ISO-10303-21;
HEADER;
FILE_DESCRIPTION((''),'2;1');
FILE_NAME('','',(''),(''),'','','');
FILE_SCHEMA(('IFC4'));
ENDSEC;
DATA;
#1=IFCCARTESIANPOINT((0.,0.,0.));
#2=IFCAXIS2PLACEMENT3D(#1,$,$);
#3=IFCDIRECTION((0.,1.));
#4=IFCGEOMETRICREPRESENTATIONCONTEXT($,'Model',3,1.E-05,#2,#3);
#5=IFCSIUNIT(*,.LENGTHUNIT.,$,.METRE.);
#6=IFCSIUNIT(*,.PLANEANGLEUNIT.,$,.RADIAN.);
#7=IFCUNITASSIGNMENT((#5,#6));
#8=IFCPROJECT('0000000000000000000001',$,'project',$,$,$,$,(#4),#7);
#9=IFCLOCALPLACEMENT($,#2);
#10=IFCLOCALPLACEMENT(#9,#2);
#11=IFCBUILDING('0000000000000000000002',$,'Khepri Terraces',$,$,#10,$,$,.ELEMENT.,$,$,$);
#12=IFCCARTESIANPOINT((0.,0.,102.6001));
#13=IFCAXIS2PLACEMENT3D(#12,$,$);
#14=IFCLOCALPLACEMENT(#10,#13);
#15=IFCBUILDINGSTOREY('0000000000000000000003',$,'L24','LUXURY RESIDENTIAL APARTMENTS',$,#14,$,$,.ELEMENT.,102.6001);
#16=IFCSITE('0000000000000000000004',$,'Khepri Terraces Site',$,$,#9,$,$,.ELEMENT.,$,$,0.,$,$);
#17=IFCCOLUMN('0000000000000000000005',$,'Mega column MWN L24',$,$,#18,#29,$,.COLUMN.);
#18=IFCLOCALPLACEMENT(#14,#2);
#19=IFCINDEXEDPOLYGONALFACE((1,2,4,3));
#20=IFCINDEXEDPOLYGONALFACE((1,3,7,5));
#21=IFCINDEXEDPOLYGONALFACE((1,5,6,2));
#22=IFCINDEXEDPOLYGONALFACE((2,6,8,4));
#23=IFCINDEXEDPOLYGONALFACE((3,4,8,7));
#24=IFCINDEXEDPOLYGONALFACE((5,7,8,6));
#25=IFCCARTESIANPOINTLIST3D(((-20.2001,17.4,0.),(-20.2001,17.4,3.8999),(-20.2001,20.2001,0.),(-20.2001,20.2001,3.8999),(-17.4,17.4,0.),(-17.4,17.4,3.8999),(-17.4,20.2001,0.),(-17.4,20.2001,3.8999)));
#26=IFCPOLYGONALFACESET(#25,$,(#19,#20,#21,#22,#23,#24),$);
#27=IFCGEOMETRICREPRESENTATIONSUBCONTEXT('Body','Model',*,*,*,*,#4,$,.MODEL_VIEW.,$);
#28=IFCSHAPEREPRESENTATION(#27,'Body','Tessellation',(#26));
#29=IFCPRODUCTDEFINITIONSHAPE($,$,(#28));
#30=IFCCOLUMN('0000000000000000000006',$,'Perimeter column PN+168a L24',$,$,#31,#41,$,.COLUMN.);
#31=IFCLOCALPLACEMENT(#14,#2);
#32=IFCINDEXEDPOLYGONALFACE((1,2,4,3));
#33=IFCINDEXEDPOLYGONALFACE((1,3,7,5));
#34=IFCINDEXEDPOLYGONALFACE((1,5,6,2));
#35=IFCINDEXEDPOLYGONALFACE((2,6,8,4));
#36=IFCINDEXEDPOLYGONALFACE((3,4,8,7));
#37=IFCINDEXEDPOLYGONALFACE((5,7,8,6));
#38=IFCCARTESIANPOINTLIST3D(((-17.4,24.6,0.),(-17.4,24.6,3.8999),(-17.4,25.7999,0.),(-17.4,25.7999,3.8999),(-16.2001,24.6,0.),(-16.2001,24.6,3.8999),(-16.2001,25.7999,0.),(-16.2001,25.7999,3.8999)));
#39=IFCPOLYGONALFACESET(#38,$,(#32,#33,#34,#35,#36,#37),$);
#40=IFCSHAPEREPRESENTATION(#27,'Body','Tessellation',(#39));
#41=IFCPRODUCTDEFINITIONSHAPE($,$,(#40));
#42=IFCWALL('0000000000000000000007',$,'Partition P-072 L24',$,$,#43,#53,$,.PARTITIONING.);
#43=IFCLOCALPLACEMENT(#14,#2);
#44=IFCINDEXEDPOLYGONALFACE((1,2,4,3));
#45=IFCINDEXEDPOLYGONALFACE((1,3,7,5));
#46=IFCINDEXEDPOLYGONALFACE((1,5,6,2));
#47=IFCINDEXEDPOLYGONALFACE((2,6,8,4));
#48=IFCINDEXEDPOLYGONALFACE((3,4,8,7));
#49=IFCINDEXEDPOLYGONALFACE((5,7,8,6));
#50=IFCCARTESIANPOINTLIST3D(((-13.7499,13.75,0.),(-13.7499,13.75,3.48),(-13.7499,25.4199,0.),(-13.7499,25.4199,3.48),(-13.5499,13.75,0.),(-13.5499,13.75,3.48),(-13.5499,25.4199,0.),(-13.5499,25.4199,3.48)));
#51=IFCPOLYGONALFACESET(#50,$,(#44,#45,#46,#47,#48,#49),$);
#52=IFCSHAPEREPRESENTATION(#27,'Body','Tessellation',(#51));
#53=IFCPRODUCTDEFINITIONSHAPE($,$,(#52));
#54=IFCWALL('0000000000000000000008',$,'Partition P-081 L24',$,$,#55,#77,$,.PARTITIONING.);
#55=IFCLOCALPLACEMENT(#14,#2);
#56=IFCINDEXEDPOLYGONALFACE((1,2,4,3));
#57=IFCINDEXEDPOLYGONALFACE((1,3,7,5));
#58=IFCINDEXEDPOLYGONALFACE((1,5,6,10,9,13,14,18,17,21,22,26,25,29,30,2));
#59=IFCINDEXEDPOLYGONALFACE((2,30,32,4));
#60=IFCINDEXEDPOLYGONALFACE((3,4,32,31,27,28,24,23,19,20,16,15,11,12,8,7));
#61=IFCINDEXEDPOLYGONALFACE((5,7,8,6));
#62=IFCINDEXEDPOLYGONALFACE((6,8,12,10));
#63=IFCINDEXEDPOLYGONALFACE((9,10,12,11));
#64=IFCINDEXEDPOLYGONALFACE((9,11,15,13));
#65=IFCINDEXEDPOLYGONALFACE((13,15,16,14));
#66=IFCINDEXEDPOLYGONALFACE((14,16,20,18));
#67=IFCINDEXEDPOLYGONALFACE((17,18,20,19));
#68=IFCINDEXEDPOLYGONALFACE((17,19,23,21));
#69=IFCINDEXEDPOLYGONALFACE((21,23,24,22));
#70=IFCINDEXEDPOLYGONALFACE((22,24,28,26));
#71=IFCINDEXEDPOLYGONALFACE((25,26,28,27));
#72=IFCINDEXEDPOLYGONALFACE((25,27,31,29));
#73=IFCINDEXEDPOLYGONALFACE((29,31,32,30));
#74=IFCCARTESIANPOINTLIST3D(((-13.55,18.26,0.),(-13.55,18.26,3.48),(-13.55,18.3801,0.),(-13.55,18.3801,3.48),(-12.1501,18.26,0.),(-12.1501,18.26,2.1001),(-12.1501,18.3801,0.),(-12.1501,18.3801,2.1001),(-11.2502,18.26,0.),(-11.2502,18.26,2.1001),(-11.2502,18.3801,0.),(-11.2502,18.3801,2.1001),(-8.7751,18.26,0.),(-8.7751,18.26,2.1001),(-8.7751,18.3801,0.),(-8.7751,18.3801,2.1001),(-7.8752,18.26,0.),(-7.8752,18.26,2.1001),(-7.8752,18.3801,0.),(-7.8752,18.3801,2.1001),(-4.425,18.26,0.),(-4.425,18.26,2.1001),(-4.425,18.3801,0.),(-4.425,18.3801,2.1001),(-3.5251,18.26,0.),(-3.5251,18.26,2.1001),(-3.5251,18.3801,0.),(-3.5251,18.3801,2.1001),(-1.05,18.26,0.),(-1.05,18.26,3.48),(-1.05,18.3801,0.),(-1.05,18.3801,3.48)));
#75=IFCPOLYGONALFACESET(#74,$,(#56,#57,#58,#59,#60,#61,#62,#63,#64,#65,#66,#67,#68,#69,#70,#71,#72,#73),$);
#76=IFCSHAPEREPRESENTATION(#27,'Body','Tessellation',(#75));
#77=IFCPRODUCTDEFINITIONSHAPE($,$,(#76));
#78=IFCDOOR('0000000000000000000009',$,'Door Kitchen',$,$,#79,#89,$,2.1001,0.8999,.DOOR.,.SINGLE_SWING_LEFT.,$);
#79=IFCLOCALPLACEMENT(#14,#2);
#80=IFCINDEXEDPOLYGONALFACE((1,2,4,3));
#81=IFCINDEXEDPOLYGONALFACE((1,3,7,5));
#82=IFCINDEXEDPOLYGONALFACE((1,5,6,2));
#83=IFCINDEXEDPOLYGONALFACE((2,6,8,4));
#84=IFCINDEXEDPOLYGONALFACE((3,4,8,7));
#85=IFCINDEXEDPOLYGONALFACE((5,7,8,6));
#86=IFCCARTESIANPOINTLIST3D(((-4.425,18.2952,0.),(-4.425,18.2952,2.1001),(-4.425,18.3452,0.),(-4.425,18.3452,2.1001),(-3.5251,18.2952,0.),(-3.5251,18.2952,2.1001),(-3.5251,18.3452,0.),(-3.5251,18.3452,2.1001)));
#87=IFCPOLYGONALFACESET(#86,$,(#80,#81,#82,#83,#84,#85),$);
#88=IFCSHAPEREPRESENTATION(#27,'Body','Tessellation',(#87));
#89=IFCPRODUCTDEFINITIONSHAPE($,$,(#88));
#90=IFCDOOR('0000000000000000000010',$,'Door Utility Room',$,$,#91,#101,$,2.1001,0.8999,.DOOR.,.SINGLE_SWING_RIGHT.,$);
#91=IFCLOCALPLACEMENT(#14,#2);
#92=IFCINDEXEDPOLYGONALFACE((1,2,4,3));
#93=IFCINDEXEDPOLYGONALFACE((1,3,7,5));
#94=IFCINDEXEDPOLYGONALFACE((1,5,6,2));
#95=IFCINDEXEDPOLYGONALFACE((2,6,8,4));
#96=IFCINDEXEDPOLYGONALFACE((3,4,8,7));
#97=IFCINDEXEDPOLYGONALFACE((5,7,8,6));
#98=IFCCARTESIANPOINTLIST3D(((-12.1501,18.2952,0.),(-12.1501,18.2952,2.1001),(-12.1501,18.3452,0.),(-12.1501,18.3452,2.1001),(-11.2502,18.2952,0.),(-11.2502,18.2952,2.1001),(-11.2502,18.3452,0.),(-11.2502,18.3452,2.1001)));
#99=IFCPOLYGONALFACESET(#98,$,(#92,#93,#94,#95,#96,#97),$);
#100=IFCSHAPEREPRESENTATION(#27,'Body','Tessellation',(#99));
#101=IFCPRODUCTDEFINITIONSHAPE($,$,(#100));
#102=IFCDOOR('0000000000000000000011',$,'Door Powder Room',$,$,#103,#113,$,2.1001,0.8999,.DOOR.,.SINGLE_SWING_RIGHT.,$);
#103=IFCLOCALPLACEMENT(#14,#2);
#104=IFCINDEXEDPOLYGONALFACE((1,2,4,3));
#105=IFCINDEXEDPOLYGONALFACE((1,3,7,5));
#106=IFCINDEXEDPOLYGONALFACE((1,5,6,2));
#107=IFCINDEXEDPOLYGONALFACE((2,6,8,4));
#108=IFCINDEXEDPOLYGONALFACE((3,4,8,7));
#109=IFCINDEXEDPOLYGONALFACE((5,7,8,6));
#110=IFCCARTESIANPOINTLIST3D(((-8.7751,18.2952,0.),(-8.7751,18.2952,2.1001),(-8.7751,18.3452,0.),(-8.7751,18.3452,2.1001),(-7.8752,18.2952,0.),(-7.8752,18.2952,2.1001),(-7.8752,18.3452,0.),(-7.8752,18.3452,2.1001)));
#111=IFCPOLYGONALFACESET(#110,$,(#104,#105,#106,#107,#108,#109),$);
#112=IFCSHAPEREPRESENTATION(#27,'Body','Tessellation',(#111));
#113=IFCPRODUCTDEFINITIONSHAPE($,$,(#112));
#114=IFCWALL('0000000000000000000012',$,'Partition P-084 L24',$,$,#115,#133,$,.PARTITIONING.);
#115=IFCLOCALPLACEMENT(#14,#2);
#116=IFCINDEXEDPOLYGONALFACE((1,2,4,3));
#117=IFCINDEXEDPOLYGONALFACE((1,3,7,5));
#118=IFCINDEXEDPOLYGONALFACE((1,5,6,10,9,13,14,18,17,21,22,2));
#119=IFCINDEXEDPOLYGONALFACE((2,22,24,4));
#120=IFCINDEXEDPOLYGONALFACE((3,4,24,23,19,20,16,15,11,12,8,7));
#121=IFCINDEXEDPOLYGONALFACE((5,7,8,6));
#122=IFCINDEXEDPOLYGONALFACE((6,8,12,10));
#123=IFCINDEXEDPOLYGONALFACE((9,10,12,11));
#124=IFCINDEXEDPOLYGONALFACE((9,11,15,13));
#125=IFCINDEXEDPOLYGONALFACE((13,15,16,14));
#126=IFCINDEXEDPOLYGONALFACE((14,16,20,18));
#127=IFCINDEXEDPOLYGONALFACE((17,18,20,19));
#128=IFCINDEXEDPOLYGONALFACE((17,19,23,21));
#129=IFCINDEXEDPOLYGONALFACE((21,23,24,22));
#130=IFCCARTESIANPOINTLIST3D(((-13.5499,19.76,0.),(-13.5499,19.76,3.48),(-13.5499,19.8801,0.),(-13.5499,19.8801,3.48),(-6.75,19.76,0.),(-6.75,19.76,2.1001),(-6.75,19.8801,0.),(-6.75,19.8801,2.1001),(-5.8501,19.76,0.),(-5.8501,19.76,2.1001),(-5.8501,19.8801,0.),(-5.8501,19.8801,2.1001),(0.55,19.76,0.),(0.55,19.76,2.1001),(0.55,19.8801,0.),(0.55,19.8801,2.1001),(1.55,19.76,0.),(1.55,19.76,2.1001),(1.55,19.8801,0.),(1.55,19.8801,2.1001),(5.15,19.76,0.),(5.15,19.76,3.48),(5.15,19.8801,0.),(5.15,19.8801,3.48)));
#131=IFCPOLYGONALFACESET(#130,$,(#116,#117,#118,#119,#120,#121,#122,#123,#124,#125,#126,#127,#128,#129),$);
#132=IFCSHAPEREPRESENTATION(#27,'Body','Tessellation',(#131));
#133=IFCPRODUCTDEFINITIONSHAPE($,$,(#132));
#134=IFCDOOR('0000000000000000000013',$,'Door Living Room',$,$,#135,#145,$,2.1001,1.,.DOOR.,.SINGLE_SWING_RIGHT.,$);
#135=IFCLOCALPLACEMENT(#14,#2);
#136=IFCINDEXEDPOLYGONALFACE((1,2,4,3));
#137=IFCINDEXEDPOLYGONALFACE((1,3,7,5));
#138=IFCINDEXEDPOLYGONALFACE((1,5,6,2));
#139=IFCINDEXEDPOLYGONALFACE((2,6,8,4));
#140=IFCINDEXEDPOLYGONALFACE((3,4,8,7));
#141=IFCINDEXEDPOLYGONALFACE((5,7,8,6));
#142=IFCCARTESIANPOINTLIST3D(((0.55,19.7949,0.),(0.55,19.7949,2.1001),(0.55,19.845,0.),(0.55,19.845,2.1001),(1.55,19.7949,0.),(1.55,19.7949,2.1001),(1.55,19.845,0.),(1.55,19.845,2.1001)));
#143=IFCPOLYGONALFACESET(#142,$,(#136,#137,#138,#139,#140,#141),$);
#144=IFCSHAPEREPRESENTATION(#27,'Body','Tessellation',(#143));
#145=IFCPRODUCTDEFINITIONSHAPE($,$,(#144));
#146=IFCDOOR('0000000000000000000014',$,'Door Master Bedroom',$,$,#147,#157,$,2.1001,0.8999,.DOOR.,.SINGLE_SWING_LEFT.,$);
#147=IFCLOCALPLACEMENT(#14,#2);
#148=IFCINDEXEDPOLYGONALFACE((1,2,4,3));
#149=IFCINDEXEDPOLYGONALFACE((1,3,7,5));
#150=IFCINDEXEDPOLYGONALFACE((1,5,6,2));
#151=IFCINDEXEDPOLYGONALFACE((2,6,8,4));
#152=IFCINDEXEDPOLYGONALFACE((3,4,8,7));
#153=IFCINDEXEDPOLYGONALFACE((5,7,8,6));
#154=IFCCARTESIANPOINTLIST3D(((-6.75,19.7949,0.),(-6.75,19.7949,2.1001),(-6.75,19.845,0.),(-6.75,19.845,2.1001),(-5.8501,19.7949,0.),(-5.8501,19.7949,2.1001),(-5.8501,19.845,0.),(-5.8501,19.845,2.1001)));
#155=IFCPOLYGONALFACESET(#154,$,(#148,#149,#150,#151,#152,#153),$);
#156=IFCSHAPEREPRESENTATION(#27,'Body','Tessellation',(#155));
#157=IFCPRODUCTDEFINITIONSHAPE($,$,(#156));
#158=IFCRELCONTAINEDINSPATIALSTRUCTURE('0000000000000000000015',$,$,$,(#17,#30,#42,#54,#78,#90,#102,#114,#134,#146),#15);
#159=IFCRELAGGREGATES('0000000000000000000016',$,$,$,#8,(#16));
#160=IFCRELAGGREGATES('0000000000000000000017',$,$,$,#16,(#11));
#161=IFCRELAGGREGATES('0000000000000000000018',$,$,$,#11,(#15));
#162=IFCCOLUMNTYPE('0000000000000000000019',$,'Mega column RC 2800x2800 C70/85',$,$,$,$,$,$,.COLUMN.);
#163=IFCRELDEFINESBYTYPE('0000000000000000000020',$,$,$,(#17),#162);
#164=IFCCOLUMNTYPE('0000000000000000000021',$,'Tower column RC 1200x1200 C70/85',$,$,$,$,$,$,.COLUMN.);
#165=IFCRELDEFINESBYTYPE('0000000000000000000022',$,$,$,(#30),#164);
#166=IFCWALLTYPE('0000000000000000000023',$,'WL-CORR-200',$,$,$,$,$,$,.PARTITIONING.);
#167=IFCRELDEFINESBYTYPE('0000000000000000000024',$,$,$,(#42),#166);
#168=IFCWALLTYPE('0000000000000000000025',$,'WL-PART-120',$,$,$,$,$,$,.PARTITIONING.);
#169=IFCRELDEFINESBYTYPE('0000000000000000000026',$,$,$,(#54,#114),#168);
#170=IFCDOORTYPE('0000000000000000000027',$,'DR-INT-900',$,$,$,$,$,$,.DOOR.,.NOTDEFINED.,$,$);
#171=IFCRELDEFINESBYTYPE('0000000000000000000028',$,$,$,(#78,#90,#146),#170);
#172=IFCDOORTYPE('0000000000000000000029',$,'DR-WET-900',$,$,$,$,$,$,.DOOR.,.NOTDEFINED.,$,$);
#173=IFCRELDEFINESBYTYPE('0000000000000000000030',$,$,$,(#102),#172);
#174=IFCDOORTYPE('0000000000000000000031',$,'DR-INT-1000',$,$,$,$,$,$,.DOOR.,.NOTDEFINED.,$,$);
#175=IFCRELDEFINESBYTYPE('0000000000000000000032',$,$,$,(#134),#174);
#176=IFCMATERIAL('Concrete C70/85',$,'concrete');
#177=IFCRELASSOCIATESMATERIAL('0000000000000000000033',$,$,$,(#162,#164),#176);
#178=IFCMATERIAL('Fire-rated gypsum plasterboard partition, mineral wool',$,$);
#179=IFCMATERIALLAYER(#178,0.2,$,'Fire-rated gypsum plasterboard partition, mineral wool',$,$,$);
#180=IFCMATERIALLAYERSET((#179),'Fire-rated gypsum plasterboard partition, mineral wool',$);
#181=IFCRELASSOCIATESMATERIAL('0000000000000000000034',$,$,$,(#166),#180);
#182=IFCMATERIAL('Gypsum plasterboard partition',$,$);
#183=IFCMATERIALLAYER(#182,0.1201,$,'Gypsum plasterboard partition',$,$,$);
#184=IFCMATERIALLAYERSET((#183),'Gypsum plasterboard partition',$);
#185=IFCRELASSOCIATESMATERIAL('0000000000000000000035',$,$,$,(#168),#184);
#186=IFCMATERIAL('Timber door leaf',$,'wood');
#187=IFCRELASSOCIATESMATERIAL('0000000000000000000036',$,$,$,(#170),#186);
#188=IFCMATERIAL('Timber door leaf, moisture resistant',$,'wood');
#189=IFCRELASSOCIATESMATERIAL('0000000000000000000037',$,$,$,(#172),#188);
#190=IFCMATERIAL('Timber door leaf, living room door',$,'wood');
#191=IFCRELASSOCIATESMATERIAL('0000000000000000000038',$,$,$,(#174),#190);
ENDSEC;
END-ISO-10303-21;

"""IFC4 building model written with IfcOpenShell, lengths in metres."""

from ifc_helpers import new_model, si_unit, direction, frame, frame_2d, origin, origin_2d, place, context, subcontext, project, spatial, rectangle, extrude, material, layer, layer_set, material_profile, profile_set, type_object, element, fill, save


model = new_model("IFC4")

# Units and contexts
model_context = context("Model", 3, precision=1e-05, world=origin(), true_north=direction((0.0, 1.0)))
body_context = subcontext(model_context, "Body", "Model", "MODEL_VIEW")
ifc_project = project(units=[si_unit("LENGTHUNIT", "METRE"), si_unit("PLANEANGLEUNIT", "RADIAN")], contexts=[model_context])

# Site, building, storey
site_placement = place(None, origin())
site = spatial("IfcSite", under=ifc_project, at=site_placement, Name="Khepri Terraces Site", CompositionType="ELEMENT", RefElevation=0.0)
building_placement = place(site_placement, origin())
building = spatial("IfcBuilding", under=site, at=building_placement, Name="Khepri Terraces", CompositionType="ELEMENT")
storey_placement = place(building_placement, frame((0.0, 0.0, 102.6001)))
storey = spatial("IfcBuildingStorey", under=building, at=storey_placement, Name="L24", Description="LUXURY RESIDENTIAL APARTMENTS", CompositionType="ELEMENT", Elevation=102.6001)

# Columns
ifc_material_1 = material(Name="Concrete C70/85", Category="concrete")
ifc_material_profile_1 = material_profile(ifc_material_1, rectangle(XDim=2.8, YDim=2.8, at=origin_2d()), Name="Concrete C70/85", Category="concrete")
ifc_profile_set_1 = profile_set([ifc_material_profile_1], Name="Concrete C70/85")
column_type_1 = type_object("IfcColumnType", Name="Mega column RC 2800x2800 C70/85", PredefinedType="COLUMN", material=ifc_profile_set_1)
column_1_placement = place(storey_placement, frame((-18.8, 18.8, 0.0), z_axis=(0.0, 0.0, 1.0), x_axis=(1.0, 0.0, 0.0)))
element("IfcColumn", 1, at=column_1_placement, inside=storey, type_object=column_type_1, Name="Mega column MWN L24", PredefinedType="COLUMN", context=body_context, shape_type="SweptSolid", body=[
    extrude(rectangle(XDim=2.8, YDim=2.8, at=origin_2d()), origin(), (0.0, 0.0, 1.0), 3.8999),
])
ifc_material_profile_2 = material_profile(ifc_material_1, rectangle(XDim=1.2, YDim=1.2, at=origin_2d()), Name="Concrete C70/85", Category="concrete")
ifc_profile_set_2 = profile_set([ifc_material_profile_2], Name="Concrete C70/85")
column_type_2 = type_object("IfcColumnType", Name="Tower column RC 1200x1200 C70/85", PredefinedType="COLUMN", material=ifc_profile_set_2)
column_2_placement = place(storey_placement, frame((-16.8, 25.2, 0.0), z_axis=(0.0, 0.0, 1.0), x_axis=(1.0, 0.0, 0.0)))
element("IfcColumn", 2, at=column_2_placement, inside=storey, type_object=column_type_2, Name="Perimeter column PN+168a L24", PredefinedType="COLUMN", context=body_context, shape_type="SweptSolid", body=[
    extrude(rectangle(XDim=1.2, YDim=1.2, at=origin_2d()), origin(), (0.0, 0.0, 1.0), 3.8999),
])

# Wall
ifc_material_2 = material(Name="Fire-rated gypsum plasterboard partition, mineral wool")
ifc_layer_1 = layer(ifc_material_2, 0.2, Name="Fire-rated gypsum plasterboard partition, mineral wool")
ifc_layer_set_1 = layer_set([ifc_layer_1], Name="Fire-rated gypsum plasterboard partition, mineral wool")
wall_type_1 = type_object("IfcWallType", Name="WL-CORR-200", PredefinedType="PARTITIONING", material=ifc_layer_set_1)
wall_1_placement = place(storey_placement, frame((-13.6499, 13.75, 0.0), z_axis=(0.0, 0.0, 1.0), x_axis=(0.0, 1.0, 0.0)))
element("IfcWall", 3, at=wall_1_placement, inside=storey, type_object=wall_type_1, Name="Partition P-072 L24", PredefinedType="PARTITIONING", context=body_context, shape_type="SweptSolid", body=[
    extrude(rectangle(XDim=11.6699, YDim=0.2, at=frame_2d((5.835, 0.0))), origin(), (0.0, 0.0, 1.0), 3.48),
])

# Walls, openings, doors
ifc_material_3 = material(Name="Gypsum plasterboard partition")
ifc_layer_2 = layer(ifc_material_3, 0.1201, Name="Gypsum plasterboard partition")
ifc_layer_set_2 = layer_set([ifc_layer_2], Name="Gypsum plasterboard partition")
wall_type_2 = type_object("IfcWallType", Name="WL-PART-120", PredefinedType="PARTITIONING", material=ifc_layer_set_2)
wall_2_placement = place(storey_placement, frame((-13.55, 18.3201, 0.0), z_axis=(0.0, 0.0, 1.0), x_axis=(1.0, 0.0, 0.0)))
wall_2 = element("IfcWall", 4, at=wall_2_placement, inside=storey, type_object=wall_type_2, Name="Partition P-081 L24", PredefinedType="PARTITIONING", context=body_context, shape_type="SweptSolid", body=[
    extrude(rectangle(XDim=12.5, YDim=0.1201, at=frame_2d((6.25, 0.0))), origin(), (0.0, 0.0, 1.0), 3.48),
])
opening_1_placement = place(wall_2_placement, frame((9.125, 0.0, 0.0)))
opening_1 = element("IfcOpeningElement", 5, at=opening_1_placement, cuts=wall_2, PredefinedType="OPENING", context=body_context, shape_type="SweptSolid", body=[
    extrude(rectangle(XDim=0.8999, YDim=2.1001, at=frame_2d((0.45, 1.05))), frame((0.0, 0.0701, 0.0), z_axis=(0.0, -1.0, 0.0), x_axis=(1.0, 0.0, 0.0)), (0.0, 0.0, 1.0), 0.1401),
])
opening_2_placement = place(wall_2_placement, frame((4.7749, 0.0, 0.0)))
opening_2 = element("IfcOpeningElement", 6, at=opening_2_placement, cuts=wall_2, PredefinedType="OPENING", context=body_context, shape_type="SweptSolid", body=[
    extrude(rectangle(XDim=0.8999, YDim=2.1001, at=frame_2d((0.45, 1.05))), frame((0.0, 0.0701, 0.0), z_axis=(0.0, -1.0, 0.0), x_axis=(1.0, 0.0, 0.0)), (0.0, 0.0, 1.0), 0.1401),
])
opening_3_placement = place(wall_2_placement, frame((1.3999, 0.0, 0.0)))
opening_3 = element("IfcOpeningElement", 7, at=opening_3_placement, cuts=wall_2, PredefinedType="OPENING", context=body_context, shape_type="SweptSolid", body=[
    extrude(rectangle(XDim=0.8999, YDim=2.1001, at=frame_2d((0.45, 1.05))), frame((0.0, 0.0701, 0.0), z_axis=(0.0, -1.0, 0.0), x_axis=(1.0, 0.0, 0.0)), (0.0, 0.0, 1.0), 0.1401),
])
ifc_material_4 = material(Name="Timber door leaf", Category="wood")
door_type_1 = type_object("IfcDoorType", Name="DR-INT-900", OperationType="NOTDEFINED", PredefinedType="DOOR", material=ifc_material_4)
door_1_placement = place(opening_1_placement, frame((0.8999, 0.0, 0.0), z_axis=(0.0, 0.0, 1.0), x_axis=(-1.0, 0.0, 0.0)))
door_1 = element("IfcDoor", 8, at=door_1_placement, inside=storey, type_object=door_type_1, Name="Door Kitchen", OperationType="SINGLE_SWING_LEFT", OverallHeight=2.1001, OverallWidth=0.8999, PredefinedType="DOOR", context=body_context, shape_type="SweptSolid", body=[
    extrude(rectangle(XDim=0.8999, YDim=2.1001, at=frame_2d((0.45, 1.05))), frame((0.0, 0.0249, 0.0), z_axis=(0.0, -1.0, 0.0), x_axis=(1.0, 0.0, 0.0)), (0.0, 0.0, 1.0), 0.05),
])
fill(opening_1, door_1)
door_2_placement = place(opening_3_placement, frame((0.8999, 0.0, 0.0), z_axis=(0.0, 0.0, 1.0), x_axis=(-1.0, 0.0, 0.0)))
door_2 = element("IfcDoor", 9, at=door_2_placement, inside=storey, type_object=door_type_1, Name="Door Utility Room", OperationType="SINGLE_SWING_RIGHT", OverallHeight=2.1001, OverallWidth=0.8999, PredefinedType="DOOR", context=body_context, shape_type="SweptSolid", body=[
    extrude(rectangle(XDim=0.8999, YDim=2.1001, at=frame_2d((0.45, 1.05))), frame((0.0, 0.0249, 0.0), z_axis=(0.0, -1.0, 0.0), x_axis=(1.0, 0.0, 0.0)), (0.0, 0.0, 1.0), 0.05),
])
fill(opening_3, door_2)
ifc_material_5 = material(Name="Timber door leaf, moisture resistant", Category="wood")
door_type_2 = type_object("IfcDoorType", Name="DR-WET-900", OperationType="NOTDEFINED", PredefinedType="DOOR", material=ifc_material_5)
door_3_placement = place(opening_2_placement, frame((0.8999, 0.0, 0.0), z_axis=(0.0, 0.0, 1.0), x_axis=(-1.0, 0.0, 0.0)))
door_3 = element("IfcDoor", 10, at=door_3_placement, inside=storey, type_object=door_type_2, Name="Door Powder Room", OperationType="SINGLE_SWING_RIGHT", OverallHeight=2.1001, OverallWidth=0.8999, PredefinedType="DOOR", context=body_context, shape_type="SweptSolid", body=[
    extrude(rectangle(XDim=0.8999, YDim=2.1001, at=frame_2d((0.45, 1.05))), frame((0.0, 0.0249, 0.0), z_axis=(0.0, -1.0, 0.0), x_axis=(1.0, 0.0, 0.0)), (0.0, 0.0, 1.0), 0.05),
])
fill(opening_2, door_3)
wall_3_placement = place(storey_placement, frame((-13.55, 19.8201, 0.0), z_axis=(0.0, 0.0, 1.0), x_axis=(1.0, 0.0, 0.0)))
wall_3 = element("IfcWall", 11, at=wall_3_placement, inside=storey, type_object=wall_type_2, Name="Partition P-084 L24", PredefinedType="PARTITIONING", context=body_context, shape_type="SweptSolid", body=[
    extrude(rectangle(XDim=18.7, YDim=0.1201, at=frame_2d((9.3501, 0.0))), origin(), (0.0, 0.0, 1.0), 3.48),
])
opening_4_placement = place(wall_3_placement, frame((14.1001, 0.0, 0.0)))
opening_4 = element("IfcOpeningElement", 12, at=opening_4_placement, cuts=wall_3, PredefinedType="OPENING", context=body_context, shape_type="SweptSolid", body=[
    extrude(rectangle(XDim=1.0, YDim=2.1001, at=frame_2d((0.5, 1.05))), frame((0.0, 0.0701, 0.0), z_axis=(0.0, -1.0, 0.0), x_axis=(1.0, 0.0, 0.0)), (0.0, 0.0, 1.0), 0.1401),
])
opening_5_placement = place(wall_3_placement, frame((6.8, 0.0, 0.0)))
opening_5 = element("IfcOpeningElement", 13, at=opening_5_placement, cuts=wall_3, PredefinedType="OPENING", context=body_context, shape_type="SweptSolid", body=[
    extrude(rectangle(XDim=0.8999, YDim=2.1001, at=frame_2d((0.45, 1.05))), frame((0.0, 0.0701, 0.0), z_axis=(0.0, -1.0, 0.0), x_axis=(1.0, 0.0, 0.0)), (0.0, 0.0, 1.0), 0.1401),
])
ifc_material_6 = material(Name="Timber door leaf, living room door", Category="wood")
door_type_3 = type_object("IfcDoorType", Name="DR-INT-1000", OperationType="NOTDEFINED", PredefinedType="DOOR", material=ifc_material_6)
door_4_placement = place(opening_4_placement, origin())
door_4 = element("IfcDoor", 14, at=door_4_placement, inside=storey, type_object=door_type_3, Name="Door Living Room", OperationType="SINGLE_SWING_RIGHT", OverallHeight=2.1001, OverallWidth=1.0, PredefinedType="DOOR", context=body_context, shape_type="SweptSolid", body=[
    extrude(rectangle(XDim=1.0, YDim=2.1001, at=frame_2d((0.5, 1.05))), frame((0.0, 0.0249, 0.0), z_axis=(0.0, -1.0, 0.0), x_axis=(1.0, 0.0, 0.0)), (0.0, 0.0, 1.0), 0.05),
])
fill(opening_4, door_4)
door_5_placement = place(opening_5_placement, origin())
door_5 = element("IfcDoor", 15, at=door_5_placement, inside=storey, type_object=door_type_1, Name="Door Master Bedroom", OperationType="SINGLE_SWING_LEFT", OverallHeight=2.1001, OverallWidth=0.8999, PredefinedType="DOOR", context=body_context, shape_type="SweptSolid", body=[
    extrude(rectangle(XDim=0.8999, YDim=2.1001, at=frame_2d((0.45, 1.05))), frame((0.0, 0.0249, 0.0), z_axis=(0.0, -1.0, 0.0), x_axis=(1.0, 0.0, 0.0)), (0.0, 0.0, 1.0), 0.05),
])
fill(opening_5, door_5)

save(model, "model.ifc")
